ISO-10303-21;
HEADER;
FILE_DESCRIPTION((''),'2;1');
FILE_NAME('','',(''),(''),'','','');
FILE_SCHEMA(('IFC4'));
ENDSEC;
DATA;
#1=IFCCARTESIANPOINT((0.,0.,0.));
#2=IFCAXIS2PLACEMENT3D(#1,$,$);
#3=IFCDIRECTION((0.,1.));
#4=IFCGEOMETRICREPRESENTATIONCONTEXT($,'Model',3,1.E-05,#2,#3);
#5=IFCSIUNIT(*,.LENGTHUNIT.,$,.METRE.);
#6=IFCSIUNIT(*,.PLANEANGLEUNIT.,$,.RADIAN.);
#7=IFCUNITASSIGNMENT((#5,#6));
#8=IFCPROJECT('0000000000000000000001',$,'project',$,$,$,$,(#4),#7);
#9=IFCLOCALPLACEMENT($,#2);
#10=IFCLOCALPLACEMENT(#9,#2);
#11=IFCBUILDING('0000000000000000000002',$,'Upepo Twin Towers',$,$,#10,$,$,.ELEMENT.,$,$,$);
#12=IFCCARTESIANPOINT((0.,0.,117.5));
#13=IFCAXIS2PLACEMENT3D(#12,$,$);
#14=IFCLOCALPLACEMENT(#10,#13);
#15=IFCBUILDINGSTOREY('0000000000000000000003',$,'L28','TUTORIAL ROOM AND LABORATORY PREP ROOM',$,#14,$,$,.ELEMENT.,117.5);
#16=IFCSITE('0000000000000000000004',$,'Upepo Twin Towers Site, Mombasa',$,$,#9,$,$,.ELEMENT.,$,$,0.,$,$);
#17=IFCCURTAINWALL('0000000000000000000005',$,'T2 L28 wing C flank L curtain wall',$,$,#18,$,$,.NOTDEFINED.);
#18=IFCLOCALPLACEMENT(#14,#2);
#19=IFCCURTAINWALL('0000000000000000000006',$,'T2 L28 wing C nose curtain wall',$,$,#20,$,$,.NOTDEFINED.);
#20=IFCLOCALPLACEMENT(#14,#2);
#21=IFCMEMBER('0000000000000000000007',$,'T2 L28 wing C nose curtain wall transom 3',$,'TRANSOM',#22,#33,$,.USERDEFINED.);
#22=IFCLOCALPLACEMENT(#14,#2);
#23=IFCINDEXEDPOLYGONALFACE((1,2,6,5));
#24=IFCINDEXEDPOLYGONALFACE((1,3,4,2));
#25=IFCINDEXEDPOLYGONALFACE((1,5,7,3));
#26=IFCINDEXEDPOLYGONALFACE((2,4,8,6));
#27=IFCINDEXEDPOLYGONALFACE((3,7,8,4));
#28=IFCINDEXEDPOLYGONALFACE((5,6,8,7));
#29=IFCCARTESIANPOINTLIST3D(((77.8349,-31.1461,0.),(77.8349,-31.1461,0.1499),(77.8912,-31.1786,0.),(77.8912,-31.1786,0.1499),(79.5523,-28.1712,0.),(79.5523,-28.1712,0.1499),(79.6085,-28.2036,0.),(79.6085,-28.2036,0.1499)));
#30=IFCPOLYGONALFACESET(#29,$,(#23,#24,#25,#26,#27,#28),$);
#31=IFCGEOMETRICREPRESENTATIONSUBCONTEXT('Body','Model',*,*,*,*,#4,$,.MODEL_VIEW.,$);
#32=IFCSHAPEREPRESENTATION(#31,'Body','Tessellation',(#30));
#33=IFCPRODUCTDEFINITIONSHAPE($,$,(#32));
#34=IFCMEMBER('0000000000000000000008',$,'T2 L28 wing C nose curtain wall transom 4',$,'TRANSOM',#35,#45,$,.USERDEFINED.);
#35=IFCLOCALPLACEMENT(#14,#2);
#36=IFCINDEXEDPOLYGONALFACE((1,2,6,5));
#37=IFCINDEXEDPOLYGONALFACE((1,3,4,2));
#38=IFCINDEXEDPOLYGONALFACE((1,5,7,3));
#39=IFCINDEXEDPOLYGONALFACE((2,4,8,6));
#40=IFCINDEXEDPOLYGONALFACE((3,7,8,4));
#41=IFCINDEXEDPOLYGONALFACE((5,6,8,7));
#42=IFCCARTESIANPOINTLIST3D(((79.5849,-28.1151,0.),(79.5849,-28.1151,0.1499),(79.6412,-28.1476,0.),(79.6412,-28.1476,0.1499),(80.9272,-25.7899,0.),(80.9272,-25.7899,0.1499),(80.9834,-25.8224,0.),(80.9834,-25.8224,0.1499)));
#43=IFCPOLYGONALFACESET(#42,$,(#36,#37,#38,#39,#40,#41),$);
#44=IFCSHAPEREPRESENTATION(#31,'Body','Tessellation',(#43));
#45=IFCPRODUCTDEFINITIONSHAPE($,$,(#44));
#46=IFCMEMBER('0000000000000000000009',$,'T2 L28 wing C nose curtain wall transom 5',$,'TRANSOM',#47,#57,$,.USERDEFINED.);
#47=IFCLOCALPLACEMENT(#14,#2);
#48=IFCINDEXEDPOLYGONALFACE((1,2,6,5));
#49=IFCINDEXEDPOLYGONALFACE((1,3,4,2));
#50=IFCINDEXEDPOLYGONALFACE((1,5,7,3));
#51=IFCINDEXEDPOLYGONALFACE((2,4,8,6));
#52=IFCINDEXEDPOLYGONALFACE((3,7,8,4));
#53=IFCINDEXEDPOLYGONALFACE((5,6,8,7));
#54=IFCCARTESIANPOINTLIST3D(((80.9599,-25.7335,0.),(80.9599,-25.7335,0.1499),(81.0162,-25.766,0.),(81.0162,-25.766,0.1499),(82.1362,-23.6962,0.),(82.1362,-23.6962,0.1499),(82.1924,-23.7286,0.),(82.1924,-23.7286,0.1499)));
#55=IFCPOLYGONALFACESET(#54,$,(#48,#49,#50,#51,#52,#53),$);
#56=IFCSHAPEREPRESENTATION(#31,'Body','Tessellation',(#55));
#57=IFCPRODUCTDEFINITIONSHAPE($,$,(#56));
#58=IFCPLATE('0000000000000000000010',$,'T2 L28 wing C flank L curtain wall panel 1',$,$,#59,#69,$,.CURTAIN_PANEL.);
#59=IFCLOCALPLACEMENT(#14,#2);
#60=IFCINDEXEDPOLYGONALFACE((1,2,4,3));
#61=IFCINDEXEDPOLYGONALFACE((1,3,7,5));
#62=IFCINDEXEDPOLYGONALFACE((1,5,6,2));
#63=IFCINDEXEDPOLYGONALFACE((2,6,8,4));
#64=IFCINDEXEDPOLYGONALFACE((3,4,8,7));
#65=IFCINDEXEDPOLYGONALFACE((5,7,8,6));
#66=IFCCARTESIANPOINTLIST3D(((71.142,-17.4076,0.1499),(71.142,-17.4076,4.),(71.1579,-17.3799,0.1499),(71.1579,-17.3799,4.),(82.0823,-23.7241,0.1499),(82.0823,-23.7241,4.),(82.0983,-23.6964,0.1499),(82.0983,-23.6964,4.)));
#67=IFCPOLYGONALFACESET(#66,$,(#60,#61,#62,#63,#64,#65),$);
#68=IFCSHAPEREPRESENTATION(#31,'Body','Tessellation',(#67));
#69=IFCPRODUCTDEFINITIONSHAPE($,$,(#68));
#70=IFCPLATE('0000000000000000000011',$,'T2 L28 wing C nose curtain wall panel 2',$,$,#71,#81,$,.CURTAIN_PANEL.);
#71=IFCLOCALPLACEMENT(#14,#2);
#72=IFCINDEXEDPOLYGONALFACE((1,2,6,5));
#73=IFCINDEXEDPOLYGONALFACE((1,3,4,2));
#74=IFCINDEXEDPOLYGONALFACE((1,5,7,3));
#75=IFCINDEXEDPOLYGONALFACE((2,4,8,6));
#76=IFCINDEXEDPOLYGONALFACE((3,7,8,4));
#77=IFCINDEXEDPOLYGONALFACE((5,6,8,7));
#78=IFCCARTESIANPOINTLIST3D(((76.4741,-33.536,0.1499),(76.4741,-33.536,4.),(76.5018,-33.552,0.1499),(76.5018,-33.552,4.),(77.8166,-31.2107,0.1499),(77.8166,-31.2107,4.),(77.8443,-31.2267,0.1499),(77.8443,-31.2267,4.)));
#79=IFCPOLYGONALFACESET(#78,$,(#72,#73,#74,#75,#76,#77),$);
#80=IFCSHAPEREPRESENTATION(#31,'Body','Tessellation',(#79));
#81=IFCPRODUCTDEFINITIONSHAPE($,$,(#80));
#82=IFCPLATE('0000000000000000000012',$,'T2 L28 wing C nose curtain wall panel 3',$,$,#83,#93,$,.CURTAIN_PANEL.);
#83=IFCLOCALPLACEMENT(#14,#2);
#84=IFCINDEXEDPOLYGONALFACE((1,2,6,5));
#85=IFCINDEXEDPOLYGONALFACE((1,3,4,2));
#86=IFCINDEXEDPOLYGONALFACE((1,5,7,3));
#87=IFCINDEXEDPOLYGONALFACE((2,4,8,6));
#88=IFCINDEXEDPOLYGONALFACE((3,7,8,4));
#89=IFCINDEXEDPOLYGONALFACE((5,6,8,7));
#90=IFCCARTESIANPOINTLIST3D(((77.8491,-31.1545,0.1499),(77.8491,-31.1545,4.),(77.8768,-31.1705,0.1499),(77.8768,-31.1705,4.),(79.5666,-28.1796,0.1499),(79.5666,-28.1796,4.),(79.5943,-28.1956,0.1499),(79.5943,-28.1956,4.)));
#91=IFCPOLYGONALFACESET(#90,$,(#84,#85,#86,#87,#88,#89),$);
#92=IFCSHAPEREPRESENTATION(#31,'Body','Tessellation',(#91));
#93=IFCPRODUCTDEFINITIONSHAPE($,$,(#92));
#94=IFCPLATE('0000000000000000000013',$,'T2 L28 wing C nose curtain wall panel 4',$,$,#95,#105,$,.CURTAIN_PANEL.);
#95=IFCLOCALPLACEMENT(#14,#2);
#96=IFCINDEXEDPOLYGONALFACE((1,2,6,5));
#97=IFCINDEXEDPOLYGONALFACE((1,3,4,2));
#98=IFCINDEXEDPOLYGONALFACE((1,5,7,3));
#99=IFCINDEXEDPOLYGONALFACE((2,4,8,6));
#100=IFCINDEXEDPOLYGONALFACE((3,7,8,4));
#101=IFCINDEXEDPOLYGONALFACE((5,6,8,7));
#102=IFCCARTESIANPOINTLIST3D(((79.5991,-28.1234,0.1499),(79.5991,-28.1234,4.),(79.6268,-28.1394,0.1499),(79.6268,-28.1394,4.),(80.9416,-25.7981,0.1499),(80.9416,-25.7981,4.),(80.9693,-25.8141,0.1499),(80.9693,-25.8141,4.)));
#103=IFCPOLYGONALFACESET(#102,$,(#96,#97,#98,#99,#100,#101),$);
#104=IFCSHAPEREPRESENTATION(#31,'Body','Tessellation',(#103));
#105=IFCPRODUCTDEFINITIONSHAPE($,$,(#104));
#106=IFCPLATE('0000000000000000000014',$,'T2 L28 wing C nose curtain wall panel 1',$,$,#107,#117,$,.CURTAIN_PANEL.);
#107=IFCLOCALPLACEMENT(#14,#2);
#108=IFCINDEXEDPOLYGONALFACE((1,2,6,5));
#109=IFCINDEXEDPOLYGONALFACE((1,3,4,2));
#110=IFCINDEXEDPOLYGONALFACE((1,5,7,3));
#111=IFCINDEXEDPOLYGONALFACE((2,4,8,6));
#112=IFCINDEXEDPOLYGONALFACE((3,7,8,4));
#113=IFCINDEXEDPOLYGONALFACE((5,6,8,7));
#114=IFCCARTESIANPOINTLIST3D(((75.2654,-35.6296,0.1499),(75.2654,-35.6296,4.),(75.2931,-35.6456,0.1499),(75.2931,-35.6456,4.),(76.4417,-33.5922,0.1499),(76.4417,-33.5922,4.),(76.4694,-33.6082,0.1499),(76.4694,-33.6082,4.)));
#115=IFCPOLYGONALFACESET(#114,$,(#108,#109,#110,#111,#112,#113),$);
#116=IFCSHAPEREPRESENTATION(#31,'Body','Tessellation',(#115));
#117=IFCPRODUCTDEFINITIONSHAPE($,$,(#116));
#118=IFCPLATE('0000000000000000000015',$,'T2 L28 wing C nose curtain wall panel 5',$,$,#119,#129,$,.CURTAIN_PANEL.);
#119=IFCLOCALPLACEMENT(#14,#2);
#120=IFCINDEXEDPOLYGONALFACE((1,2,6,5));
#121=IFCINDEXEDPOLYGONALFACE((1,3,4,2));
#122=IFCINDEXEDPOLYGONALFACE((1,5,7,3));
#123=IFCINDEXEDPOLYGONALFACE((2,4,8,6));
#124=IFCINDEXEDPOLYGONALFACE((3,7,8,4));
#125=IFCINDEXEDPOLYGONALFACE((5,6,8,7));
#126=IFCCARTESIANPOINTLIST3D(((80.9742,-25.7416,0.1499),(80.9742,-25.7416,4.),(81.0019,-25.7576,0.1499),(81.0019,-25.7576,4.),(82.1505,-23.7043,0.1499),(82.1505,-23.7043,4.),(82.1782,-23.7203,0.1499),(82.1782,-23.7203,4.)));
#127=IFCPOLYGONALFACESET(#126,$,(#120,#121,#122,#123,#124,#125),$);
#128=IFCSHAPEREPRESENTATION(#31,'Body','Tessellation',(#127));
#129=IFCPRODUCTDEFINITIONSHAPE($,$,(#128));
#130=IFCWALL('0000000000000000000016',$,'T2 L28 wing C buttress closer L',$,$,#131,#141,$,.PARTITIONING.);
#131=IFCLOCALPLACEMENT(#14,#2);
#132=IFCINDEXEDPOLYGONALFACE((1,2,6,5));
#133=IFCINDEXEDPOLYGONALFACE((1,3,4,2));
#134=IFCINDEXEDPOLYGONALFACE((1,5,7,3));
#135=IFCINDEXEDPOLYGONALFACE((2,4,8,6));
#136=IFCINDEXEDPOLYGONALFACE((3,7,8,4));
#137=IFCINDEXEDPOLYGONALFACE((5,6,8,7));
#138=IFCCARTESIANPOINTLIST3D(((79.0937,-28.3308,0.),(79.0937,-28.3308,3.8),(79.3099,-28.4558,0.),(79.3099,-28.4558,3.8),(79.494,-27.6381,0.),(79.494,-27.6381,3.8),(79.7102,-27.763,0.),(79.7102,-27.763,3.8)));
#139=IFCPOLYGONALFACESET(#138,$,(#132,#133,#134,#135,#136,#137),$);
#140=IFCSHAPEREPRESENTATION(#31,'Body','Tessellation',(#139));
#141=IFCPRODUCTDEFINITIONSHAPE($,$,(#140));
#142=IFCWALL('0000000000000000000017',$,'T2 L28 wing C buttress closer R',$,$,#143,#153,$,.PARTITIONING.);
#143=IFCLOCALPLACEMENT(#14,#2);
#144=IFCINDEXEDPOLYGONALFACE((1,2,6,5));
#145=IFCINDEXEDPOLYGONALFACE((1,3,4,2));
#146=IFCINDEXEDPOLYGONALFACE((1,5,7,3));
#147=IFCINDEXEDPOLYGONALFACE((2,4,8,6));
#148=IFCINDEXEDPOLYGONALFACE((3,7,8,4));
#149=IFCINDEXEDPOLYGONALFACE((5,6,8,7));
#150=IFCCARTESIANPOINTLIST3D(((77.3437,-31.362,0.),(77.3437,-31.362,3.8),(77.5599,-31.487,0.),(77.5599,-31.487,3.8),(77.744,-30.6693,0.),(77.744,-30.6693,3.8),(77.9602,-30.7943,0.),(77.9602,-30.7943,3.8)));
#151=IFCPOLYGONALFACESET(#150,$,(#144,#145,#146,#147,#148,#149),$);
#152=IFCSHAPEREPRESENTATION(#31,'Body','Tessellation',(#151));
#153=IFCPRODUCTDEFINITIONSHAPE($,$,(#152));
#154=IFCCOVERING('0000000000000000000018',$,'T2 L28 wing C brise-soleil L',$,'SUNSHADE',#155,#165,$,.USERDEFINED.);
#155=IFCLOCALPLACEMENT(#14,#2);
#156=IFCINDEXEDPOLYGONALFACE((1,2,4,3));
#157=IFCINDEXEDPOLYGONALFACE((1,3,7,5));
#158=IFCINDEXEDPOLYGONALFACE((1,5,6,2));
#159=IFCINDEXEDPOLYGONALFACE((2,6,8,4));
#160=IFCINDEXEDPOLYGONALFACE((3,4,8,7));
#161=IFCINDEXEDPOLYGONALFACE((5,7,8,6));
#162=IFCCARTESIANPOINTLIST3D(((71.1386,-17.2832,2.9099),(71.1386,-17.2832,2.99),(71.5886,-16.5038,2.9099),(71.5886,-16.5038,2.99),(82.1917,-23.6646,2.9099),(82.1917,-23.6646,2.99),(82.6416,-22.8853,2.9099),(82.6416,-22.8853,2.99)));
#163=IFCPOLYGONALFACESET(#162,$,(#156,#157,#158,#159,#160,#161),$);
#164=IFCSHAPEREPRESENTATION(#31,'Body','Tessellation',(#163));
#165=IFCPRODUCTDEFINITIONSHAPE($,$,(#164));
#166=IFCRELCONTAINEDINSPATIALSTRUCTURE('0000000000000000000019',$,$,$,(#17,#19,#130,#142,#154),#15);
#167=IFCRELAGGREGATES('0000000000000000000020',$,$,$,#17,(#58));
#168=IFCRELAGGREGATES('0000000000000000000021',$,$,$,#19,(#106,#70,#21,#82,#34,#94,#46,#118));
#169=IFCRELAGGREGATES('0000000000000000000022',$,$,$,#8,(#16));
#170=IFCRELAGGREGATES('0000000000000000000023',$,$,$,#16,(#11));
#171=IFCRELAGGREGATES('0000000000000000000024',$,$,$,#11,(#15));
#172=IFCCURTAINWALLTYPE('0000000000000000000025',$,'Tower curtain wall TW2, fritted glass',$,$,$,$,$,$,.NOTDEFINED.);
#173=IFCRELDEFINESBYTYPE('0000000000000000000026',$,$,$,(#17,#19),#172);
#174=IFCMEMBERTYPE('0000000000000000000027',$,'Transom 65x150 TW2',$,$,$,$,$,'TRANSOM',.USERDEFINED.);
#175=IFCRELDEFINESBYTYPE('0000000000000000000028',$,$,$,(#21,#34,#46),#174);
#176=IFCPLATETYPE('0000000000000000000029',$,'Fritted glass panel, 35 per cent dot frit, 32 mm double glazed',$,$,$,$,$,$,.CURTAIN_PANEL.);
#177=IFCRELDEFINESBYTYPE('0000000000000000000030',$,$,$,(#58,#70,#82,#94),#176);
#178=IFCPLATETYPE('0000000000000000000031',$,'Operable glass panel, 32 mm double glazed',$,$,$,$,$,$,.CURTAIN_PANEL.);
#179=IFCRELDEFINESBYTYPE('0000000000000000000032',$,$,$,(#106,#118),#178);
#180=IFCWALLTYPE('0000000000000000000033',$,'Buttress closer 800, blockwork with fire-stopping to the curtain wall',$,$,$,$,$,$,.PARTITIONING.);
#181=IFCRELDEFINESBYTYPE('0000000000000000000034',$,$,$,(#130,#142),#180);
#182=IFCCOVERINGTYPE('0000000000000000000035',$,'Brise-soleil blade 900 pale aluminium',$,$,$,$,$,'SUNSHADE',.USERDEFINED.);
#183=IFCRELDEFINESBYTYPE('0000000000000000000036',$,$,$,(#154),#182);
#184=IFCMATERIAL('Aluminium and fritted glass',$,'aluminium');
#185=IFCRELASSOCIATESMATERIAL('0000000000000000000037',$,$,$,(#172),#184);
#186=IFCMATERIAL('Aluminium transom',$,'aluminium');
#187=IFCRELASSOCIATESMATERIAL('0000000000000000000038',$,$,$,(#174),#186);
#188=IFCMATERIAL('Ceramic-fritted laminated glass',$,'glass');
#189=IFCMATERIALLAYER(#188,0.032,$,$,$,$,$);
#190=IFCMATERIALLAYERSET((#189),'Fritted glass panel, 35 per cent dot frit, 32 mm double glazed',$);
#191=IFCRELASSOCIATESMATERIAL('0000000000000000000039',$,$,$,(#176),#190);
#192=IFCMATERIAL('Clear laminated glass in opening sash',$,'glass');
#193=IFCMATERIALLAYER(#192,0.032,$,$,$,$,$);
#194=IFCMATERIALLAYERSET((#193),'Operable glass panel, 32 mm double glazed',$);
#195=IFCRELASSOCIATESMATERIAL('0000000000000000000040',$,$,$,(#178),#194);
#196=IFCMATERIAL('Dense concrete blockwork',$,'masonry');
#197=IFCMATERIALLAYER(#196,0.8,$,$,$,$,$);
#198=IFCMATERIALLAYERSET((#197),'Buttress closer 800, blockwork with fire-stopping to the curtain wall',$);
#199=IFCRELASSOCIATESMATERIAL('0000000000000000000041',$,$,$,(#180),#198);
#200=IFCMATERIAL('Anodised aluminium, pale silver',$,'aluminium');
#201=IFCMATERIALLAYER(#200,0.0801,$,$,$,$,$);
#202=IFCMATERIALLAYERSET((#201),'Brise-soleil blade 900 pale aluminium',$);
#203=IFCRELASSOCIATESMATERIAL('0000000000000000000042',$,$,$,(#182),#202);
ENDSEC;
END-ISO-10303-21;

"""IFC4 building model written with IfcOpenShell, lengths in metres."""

from ifc_helpers import new_model, si_unit, direction, frame, frame_2d, origin, origin_2d, place, context, subcontext, project, spatial, rectangle, extrude, material, layer, layer_set, material_profile, profile_set, type_object, element, aggregate, save


model = new_model("IFC4")

# Units and contexts
model_context = context("Model", 3, precision=1e-05, world=origin(), true_north=direction((0.0, 1.0)))
body_context = subcontext(model_context, "Body", "Model", "MODEL_VIEW")
ifc_project = project(units=[si_unit("LENGTHUNIT", "METRE"), si_unit("PLANEANGLEUNIT", "RADIAN")], contexts=[model_context])

# Site, building, storey
site_placement = place(None, origin())
site = spatial("IfcSite", under=ifc_project, at=site_placement, Name="Upepo Twin Towers Site, Mombasa", CompositionType="ELEMENT", RefElevation=0.0)
building_placement = place(site_placement, origin())
building = spatial("IfcBuilding", under=site, at=building_placement, Name="Upepo Twin Towers", CompositionType="ELEMENT")
storey_placement = place(building_placement, frame((0.0, 0.0, 117.5)))
storey = spatial("IfcBuildingStorey", under=building, at=storey_placement, Name="L28", Description="TUTORIAL ROOM AND LABORATORY PREP ROOM", CompositionType="ELEMENT", Elevation=117.5)

# Curtain wall
ifc_material_1 = material(Name="Aluminium and fritted glass", Category="aluminium")
curtain_wall_type = type_object("IfcCurtainWallType", Name="Tower curtain wall TW2, fritted glass", PredefinedType="NOTDEFINED", material=ifc_material_1)
curtain_wall_1_placement = place(storey_placement, origin())
curtain_wall_1 = element("IfcCurtainWall", 1, at=curtain_wall_1_placement, inside=storey, type_object=curtain_wall_type, Name="T2 L28 wing C flank L curtain wall", PredefinedType="NOTDEFINED")

# Curtain wall
curtain_wall_2_placement = place(storey_placement, origin())
curtain_wall_2 = element("IfcCurtainWall", 2, at=curtain_wall_2_placement, inside=storey, type_object=curtain_wall_type, Name="T2 L28 wing C nose curtain wall", PredefinedType="NOTDEFINED")

# Members
ifc_material_2 = material(Name="Aluminium transom", Category="aluminium")
ifc_material_profile_1 = material_profile(ifc_material_2, rectangle(XDim=0.0649, YDim=0.1499, at=origin_2d()), Name="TRANSOM 65x150")
ifc_profile_set_1 = profile_set([ifc_material_profile_1], Name="Aluminium transom")
member_type_1 = type_object("IfcMemberType", Name="Transom 65x150 TW2", ElementType="TRANSOM", PredefinedType="USERDEFINED", material=ifc_profile_set_1)
member_1_placement = place(storey_placement, frame((77.863, -31.1624, 0.075), z_axis=(0.499946, 0.866057, 0.0), x_axis=(-0.866057, 0.499946, 0.0)))
member_1 = element("IfcMember", 3, at=member_1_placement, type_object=member_type_1, Name="T2 L28 wing C nose curtain wall transom 3", ObjectType="TRANSOM", PredefinedType="USERDEFINED", context=body_context, shape_type="SweptSolid", body=[
    extrude(rectangle(XDim=0.0649, YDim=0.1499, at=origin_2d()), origin(), (0.0, 0.0, 1.0), 3.4351),
])
member_2_placement = place(storey_placement, frame((79.613, -28.1313, 0.075), z_axis=(0.499953, 0.866052, 0.0), x_axis=(-0.866052, 0.499953, 0.0)))
member_2 = element("IfcMember", 4, at=member_2_placement, type_object=member_type_1, Name="T2 L28 wing C nose curtain wall transom 4", ObjectType="TRANSOM", PredefinedType="USERDEFINED", context=body_context, shape_type="SweptSolid", body=[
    extrude(rectangle(XDim=0.0649, YDim=0.1499, at=origin_2d()), origin(), (0.0, 0.0, 1.0), 2.6848),
])
member_3_placement = place(storey_placement, frame((80.988, -25.7498, 0.075), z_axis=(0.500001, 0.866025, 0.0), x_axis=(-0.866025, 0.500001, 0.0)))
member_3 = element("IfcMember", 5, at=member_3_placement, type_object=member_type_1, Name="T2 L28 wing C nose curtain wall transom 5", ObjectType="TRANSOM", PredefinedType="USERDEFINED", context=body_context, shape_type="SweptSolid", body=[
    extrude(rectangle(XDim=0.0649, YDim=0.1499, at=origin_2d()), origin(), (0.0, 0.0, 1.0), 2.3525),
])

# Plates
ifc_material_3 = material(Name="Ceramic-fritted laminated glass", Category="glass")
ifc_layer_1 = layer(ifc_material_3, 0.032)
ifc_layer_set_1 = layer_set([ifc_layer_1], Name="Fritted glass panel, 35 per cent dot frit, 32 mm double glazed")
plate_type_1 = type_object("IfcPlateType", Name="Fritted glass panel, 35 per cent dot frit, 32 mm double glazed", PredefinedType="CURTAIN_PANEL", material=ifc_layer_set_1)
plate_1_placement = place(storey_placement, frame((76.6201, -20.552, 0.1499), z_axis=(0.0, 0.0, 1.0), x_axis=(0.866025, -0.5, 0.0)))
plate_1 = element("IfcPlate", 6, at=plate_1_placement, type_object=plate_type_1, Name="T2 L28 wing C flank L curtain wall panel 1", PredefinedType="CURTAIN_PANEL", context=body_context, shape_type="SweptSolid", body=[
    extrude(rectangle(XDim=12.6328, YDim=0.032, at=origin_2d()), origin(), (0.0, 0.0, 1.0), 3.8501),
])
aggregate(curtain_wall_1, [plate_1])
plate_2_placement = place(storey_placement, frame((77.1592, -32.3813, 0.1499), z_axis=(0.0, 0.0, 1.0), x_axis=(0.5, 0.866025, 0.0)))
plate_2 = element("IfcPlate", 7, at=plate_2_placement, type_object=plate_type_1, Name="T2 L28 wing C nose curtain wall panel 2", PredefinedType="CURTAIN_PANEL", context=body_context, shape_type="SweptSolid", body=[
    extrude(rectangle(XDim=2.6851, YDim=0.032, at=origin_2d()), origin(), (0.0, 0.0, 1.0), 3.8501),
])
plate_3_placement = place(storey_placement, frame((78.7217, -29.675, 0.1499), z_axis=(0.0, 0.0, 1.0), x_axis=(0.5, 0.866025, 0.0)))
plate_3 = element("IfcPlate", 8, at=plate_3_placement, type_object=plate_type_1, Name="T2 L28 wing C nose curtain wall panel 3", PredefinedType="CURTAIN_PANEL", context=body_context, shape_type="SweptSolid", body=[
    extrude(rectangle(XDim=3.4351, YDim=0.032, at=origin_2d()), origin(), (0.0, 0.0, 1.0), 3.8501),
])
plate_4_placement = place(storey_placement, frame((80.2842, -26.9688, 0.1499), z_axis=(0.0, 0.0, 1.0), x_axis=(0.5, 0.866025, 0.0)))
plate_4 = element("IfcPlate", 9, at=plate_4_placement, type_object=plate_type_1, Name="T2 L28 wing C nose curtain wall panel 4", PredefinedType="CURTAIN_PANEL", context=body_context, shape_type="SweptSolid", body=[
    extrude(rectangle(XDim=2.6851, YDim=0.032, at=origin_2d()), origin(), (0.0, 0.0, 1.0), 3.8501),
])
ifc_material_4 = material(Name="Clear laminated glass in opening sash", Category="glass")
ifc_layer_2 = layer(ifc_material_4, 0.032)
ifc_layer_set_2 = layer_set([ifc_layer_2], Name="Operable glass panel, 32 mm double glazed")
plate_type_2 = type_object("IfcPlateType", Name="Operable glass panel, 32 mm double glazed", PredefinedType="CURTAIN_PANEL", material=ifc_layer_set_2)
plate_5_placement = place(storey_placement, frame((75.8674, -34.6189, 0.1499), z_axis=(0.0, 0.0, 1.0), x_axis=(0.5, 0.866025, 0.0)))
plate_5 = element("IfcPlate", 10, at=plate_5_placement, type_object=plate_type_2, Name="T2 L28 wing C nose curtain wall panel 1", PredefinedType="CURTAIN_PANEL", context=body_context, shape_type="SweptSolid", body=[
    extrude(rectangle(XDim=2.3525, YDim=0.032, at=origin_2d()), origin(), (0.0, 0.0, 1.0), 3.8501),
])
plate_6_placement = place(storey_placement, frame((81.5762, -24.731, 0.1499), z_axis=(0.0, 0.0, 1.0), x_axis=(0.5, 0.866025, 0.0)))
plate_6 = element("IfcPlate", 11, at=plate_6_placement, type_object=plate_type_2, Name="T2 L28 wing C nose curtain wall panel 5", PredefinedType="CURTAIN_PANEL", context=body_context, shape_type="SweptSolid", body=[
    extrude(rectangle(XDim=2.3525, YDim=0.032, at=origin_2d()), origin(), (0.0, 0.0, 1.0), 3.8501),
])
aggregate(curtain_wall_2, [plate_5, plate_2, member_1, plate_3, member_2, plate_4, member_3, plate_6])

# Walls
ifc_material_5 = material(Name="Dense concrete blockwork", Category="masonry")
ifc_layer_3 = layer(ifc_material_5, 0.8)
ifc_layer_set_3 = layer_set([ifc_layer_3], Name="Buttress closer 800, blockwork with fire-stopping to the curtain wall")
wall_type = type_object("IfcWallType", Name="Buttress closer 800, blockwork with fire-stopping to the curtain wall", PredefinedType="PARTITIONING", material=ifc_layer_set_3)
for number, where, z_axis, x_axis, name in (
    (12, (79.2937, -27.9844, 0.0), (0.0, 0.0, 1.0), (0.865827, -0.500343, 0.0), "T2 L28 wing C buttress closer L"),
    (13, (77.5437, -31.0156, 0.0), (0.0, 0.0, 1.0), (0.865827, -0.500343, 0.0), "T2 L28 wing C buttress closer R"),
):
    element("IfcWall", number, at=place(storey_placement, frame(where, z_axis=z_axis, x_axis=x_axis)), inside=storey, type_object=wall_type, Name=name, PredefinedType="PARTITIONING", context=body_context, shape_type="SweptSolid", body=[
        extrude(rectangle(XDim=0.2498, YDim=0.8, at=frame_2d((0.125, 0.0))), origin(), (0.0, 0.0, 1.0), 3.8),
    ])

# Covering
ifc_material_6 = material(Name="Anodised aluminium, pale silver", Category="aluminium")
ifc_layer_4 = layer(ifc_material_6, 0.0801)
ifc_layer_set_4 = layer_set([ifc_layer_4], Name="Brise-soleil blade 900 pale aluminium")
covering_type = type_object("IfcCoveringType", Name="Brise-soleil blade 900 pale aluminium", ElementType="SUNSHADE", PredefinedType="USERDEFINED", material=ifc_layer_set_4)
covering_placement = place(storey_placement, frame((76.8901, -20.0842, 2.9099), z_axis=(0.0, 0.0, 1.0), x_axis=(0.866025, -0.5, 0.0)))
element("IfcCovering", 14, at=covering_placement, inside=storey, type_object=covering_type, Name="T2 L28 wing C brise-soleil L", ObjectType="SUNSHADE", PredefinedType="USERDEFINED", context=body_context, shape_type="SweptSolid", body=[
    extrude(rectangle(XDim=12.7629, YDim=0.8999, at=origin_2d()), origin(), (0.0, 0.0, 1.0), 0.0801),
])

save(model, "model.ifc")
